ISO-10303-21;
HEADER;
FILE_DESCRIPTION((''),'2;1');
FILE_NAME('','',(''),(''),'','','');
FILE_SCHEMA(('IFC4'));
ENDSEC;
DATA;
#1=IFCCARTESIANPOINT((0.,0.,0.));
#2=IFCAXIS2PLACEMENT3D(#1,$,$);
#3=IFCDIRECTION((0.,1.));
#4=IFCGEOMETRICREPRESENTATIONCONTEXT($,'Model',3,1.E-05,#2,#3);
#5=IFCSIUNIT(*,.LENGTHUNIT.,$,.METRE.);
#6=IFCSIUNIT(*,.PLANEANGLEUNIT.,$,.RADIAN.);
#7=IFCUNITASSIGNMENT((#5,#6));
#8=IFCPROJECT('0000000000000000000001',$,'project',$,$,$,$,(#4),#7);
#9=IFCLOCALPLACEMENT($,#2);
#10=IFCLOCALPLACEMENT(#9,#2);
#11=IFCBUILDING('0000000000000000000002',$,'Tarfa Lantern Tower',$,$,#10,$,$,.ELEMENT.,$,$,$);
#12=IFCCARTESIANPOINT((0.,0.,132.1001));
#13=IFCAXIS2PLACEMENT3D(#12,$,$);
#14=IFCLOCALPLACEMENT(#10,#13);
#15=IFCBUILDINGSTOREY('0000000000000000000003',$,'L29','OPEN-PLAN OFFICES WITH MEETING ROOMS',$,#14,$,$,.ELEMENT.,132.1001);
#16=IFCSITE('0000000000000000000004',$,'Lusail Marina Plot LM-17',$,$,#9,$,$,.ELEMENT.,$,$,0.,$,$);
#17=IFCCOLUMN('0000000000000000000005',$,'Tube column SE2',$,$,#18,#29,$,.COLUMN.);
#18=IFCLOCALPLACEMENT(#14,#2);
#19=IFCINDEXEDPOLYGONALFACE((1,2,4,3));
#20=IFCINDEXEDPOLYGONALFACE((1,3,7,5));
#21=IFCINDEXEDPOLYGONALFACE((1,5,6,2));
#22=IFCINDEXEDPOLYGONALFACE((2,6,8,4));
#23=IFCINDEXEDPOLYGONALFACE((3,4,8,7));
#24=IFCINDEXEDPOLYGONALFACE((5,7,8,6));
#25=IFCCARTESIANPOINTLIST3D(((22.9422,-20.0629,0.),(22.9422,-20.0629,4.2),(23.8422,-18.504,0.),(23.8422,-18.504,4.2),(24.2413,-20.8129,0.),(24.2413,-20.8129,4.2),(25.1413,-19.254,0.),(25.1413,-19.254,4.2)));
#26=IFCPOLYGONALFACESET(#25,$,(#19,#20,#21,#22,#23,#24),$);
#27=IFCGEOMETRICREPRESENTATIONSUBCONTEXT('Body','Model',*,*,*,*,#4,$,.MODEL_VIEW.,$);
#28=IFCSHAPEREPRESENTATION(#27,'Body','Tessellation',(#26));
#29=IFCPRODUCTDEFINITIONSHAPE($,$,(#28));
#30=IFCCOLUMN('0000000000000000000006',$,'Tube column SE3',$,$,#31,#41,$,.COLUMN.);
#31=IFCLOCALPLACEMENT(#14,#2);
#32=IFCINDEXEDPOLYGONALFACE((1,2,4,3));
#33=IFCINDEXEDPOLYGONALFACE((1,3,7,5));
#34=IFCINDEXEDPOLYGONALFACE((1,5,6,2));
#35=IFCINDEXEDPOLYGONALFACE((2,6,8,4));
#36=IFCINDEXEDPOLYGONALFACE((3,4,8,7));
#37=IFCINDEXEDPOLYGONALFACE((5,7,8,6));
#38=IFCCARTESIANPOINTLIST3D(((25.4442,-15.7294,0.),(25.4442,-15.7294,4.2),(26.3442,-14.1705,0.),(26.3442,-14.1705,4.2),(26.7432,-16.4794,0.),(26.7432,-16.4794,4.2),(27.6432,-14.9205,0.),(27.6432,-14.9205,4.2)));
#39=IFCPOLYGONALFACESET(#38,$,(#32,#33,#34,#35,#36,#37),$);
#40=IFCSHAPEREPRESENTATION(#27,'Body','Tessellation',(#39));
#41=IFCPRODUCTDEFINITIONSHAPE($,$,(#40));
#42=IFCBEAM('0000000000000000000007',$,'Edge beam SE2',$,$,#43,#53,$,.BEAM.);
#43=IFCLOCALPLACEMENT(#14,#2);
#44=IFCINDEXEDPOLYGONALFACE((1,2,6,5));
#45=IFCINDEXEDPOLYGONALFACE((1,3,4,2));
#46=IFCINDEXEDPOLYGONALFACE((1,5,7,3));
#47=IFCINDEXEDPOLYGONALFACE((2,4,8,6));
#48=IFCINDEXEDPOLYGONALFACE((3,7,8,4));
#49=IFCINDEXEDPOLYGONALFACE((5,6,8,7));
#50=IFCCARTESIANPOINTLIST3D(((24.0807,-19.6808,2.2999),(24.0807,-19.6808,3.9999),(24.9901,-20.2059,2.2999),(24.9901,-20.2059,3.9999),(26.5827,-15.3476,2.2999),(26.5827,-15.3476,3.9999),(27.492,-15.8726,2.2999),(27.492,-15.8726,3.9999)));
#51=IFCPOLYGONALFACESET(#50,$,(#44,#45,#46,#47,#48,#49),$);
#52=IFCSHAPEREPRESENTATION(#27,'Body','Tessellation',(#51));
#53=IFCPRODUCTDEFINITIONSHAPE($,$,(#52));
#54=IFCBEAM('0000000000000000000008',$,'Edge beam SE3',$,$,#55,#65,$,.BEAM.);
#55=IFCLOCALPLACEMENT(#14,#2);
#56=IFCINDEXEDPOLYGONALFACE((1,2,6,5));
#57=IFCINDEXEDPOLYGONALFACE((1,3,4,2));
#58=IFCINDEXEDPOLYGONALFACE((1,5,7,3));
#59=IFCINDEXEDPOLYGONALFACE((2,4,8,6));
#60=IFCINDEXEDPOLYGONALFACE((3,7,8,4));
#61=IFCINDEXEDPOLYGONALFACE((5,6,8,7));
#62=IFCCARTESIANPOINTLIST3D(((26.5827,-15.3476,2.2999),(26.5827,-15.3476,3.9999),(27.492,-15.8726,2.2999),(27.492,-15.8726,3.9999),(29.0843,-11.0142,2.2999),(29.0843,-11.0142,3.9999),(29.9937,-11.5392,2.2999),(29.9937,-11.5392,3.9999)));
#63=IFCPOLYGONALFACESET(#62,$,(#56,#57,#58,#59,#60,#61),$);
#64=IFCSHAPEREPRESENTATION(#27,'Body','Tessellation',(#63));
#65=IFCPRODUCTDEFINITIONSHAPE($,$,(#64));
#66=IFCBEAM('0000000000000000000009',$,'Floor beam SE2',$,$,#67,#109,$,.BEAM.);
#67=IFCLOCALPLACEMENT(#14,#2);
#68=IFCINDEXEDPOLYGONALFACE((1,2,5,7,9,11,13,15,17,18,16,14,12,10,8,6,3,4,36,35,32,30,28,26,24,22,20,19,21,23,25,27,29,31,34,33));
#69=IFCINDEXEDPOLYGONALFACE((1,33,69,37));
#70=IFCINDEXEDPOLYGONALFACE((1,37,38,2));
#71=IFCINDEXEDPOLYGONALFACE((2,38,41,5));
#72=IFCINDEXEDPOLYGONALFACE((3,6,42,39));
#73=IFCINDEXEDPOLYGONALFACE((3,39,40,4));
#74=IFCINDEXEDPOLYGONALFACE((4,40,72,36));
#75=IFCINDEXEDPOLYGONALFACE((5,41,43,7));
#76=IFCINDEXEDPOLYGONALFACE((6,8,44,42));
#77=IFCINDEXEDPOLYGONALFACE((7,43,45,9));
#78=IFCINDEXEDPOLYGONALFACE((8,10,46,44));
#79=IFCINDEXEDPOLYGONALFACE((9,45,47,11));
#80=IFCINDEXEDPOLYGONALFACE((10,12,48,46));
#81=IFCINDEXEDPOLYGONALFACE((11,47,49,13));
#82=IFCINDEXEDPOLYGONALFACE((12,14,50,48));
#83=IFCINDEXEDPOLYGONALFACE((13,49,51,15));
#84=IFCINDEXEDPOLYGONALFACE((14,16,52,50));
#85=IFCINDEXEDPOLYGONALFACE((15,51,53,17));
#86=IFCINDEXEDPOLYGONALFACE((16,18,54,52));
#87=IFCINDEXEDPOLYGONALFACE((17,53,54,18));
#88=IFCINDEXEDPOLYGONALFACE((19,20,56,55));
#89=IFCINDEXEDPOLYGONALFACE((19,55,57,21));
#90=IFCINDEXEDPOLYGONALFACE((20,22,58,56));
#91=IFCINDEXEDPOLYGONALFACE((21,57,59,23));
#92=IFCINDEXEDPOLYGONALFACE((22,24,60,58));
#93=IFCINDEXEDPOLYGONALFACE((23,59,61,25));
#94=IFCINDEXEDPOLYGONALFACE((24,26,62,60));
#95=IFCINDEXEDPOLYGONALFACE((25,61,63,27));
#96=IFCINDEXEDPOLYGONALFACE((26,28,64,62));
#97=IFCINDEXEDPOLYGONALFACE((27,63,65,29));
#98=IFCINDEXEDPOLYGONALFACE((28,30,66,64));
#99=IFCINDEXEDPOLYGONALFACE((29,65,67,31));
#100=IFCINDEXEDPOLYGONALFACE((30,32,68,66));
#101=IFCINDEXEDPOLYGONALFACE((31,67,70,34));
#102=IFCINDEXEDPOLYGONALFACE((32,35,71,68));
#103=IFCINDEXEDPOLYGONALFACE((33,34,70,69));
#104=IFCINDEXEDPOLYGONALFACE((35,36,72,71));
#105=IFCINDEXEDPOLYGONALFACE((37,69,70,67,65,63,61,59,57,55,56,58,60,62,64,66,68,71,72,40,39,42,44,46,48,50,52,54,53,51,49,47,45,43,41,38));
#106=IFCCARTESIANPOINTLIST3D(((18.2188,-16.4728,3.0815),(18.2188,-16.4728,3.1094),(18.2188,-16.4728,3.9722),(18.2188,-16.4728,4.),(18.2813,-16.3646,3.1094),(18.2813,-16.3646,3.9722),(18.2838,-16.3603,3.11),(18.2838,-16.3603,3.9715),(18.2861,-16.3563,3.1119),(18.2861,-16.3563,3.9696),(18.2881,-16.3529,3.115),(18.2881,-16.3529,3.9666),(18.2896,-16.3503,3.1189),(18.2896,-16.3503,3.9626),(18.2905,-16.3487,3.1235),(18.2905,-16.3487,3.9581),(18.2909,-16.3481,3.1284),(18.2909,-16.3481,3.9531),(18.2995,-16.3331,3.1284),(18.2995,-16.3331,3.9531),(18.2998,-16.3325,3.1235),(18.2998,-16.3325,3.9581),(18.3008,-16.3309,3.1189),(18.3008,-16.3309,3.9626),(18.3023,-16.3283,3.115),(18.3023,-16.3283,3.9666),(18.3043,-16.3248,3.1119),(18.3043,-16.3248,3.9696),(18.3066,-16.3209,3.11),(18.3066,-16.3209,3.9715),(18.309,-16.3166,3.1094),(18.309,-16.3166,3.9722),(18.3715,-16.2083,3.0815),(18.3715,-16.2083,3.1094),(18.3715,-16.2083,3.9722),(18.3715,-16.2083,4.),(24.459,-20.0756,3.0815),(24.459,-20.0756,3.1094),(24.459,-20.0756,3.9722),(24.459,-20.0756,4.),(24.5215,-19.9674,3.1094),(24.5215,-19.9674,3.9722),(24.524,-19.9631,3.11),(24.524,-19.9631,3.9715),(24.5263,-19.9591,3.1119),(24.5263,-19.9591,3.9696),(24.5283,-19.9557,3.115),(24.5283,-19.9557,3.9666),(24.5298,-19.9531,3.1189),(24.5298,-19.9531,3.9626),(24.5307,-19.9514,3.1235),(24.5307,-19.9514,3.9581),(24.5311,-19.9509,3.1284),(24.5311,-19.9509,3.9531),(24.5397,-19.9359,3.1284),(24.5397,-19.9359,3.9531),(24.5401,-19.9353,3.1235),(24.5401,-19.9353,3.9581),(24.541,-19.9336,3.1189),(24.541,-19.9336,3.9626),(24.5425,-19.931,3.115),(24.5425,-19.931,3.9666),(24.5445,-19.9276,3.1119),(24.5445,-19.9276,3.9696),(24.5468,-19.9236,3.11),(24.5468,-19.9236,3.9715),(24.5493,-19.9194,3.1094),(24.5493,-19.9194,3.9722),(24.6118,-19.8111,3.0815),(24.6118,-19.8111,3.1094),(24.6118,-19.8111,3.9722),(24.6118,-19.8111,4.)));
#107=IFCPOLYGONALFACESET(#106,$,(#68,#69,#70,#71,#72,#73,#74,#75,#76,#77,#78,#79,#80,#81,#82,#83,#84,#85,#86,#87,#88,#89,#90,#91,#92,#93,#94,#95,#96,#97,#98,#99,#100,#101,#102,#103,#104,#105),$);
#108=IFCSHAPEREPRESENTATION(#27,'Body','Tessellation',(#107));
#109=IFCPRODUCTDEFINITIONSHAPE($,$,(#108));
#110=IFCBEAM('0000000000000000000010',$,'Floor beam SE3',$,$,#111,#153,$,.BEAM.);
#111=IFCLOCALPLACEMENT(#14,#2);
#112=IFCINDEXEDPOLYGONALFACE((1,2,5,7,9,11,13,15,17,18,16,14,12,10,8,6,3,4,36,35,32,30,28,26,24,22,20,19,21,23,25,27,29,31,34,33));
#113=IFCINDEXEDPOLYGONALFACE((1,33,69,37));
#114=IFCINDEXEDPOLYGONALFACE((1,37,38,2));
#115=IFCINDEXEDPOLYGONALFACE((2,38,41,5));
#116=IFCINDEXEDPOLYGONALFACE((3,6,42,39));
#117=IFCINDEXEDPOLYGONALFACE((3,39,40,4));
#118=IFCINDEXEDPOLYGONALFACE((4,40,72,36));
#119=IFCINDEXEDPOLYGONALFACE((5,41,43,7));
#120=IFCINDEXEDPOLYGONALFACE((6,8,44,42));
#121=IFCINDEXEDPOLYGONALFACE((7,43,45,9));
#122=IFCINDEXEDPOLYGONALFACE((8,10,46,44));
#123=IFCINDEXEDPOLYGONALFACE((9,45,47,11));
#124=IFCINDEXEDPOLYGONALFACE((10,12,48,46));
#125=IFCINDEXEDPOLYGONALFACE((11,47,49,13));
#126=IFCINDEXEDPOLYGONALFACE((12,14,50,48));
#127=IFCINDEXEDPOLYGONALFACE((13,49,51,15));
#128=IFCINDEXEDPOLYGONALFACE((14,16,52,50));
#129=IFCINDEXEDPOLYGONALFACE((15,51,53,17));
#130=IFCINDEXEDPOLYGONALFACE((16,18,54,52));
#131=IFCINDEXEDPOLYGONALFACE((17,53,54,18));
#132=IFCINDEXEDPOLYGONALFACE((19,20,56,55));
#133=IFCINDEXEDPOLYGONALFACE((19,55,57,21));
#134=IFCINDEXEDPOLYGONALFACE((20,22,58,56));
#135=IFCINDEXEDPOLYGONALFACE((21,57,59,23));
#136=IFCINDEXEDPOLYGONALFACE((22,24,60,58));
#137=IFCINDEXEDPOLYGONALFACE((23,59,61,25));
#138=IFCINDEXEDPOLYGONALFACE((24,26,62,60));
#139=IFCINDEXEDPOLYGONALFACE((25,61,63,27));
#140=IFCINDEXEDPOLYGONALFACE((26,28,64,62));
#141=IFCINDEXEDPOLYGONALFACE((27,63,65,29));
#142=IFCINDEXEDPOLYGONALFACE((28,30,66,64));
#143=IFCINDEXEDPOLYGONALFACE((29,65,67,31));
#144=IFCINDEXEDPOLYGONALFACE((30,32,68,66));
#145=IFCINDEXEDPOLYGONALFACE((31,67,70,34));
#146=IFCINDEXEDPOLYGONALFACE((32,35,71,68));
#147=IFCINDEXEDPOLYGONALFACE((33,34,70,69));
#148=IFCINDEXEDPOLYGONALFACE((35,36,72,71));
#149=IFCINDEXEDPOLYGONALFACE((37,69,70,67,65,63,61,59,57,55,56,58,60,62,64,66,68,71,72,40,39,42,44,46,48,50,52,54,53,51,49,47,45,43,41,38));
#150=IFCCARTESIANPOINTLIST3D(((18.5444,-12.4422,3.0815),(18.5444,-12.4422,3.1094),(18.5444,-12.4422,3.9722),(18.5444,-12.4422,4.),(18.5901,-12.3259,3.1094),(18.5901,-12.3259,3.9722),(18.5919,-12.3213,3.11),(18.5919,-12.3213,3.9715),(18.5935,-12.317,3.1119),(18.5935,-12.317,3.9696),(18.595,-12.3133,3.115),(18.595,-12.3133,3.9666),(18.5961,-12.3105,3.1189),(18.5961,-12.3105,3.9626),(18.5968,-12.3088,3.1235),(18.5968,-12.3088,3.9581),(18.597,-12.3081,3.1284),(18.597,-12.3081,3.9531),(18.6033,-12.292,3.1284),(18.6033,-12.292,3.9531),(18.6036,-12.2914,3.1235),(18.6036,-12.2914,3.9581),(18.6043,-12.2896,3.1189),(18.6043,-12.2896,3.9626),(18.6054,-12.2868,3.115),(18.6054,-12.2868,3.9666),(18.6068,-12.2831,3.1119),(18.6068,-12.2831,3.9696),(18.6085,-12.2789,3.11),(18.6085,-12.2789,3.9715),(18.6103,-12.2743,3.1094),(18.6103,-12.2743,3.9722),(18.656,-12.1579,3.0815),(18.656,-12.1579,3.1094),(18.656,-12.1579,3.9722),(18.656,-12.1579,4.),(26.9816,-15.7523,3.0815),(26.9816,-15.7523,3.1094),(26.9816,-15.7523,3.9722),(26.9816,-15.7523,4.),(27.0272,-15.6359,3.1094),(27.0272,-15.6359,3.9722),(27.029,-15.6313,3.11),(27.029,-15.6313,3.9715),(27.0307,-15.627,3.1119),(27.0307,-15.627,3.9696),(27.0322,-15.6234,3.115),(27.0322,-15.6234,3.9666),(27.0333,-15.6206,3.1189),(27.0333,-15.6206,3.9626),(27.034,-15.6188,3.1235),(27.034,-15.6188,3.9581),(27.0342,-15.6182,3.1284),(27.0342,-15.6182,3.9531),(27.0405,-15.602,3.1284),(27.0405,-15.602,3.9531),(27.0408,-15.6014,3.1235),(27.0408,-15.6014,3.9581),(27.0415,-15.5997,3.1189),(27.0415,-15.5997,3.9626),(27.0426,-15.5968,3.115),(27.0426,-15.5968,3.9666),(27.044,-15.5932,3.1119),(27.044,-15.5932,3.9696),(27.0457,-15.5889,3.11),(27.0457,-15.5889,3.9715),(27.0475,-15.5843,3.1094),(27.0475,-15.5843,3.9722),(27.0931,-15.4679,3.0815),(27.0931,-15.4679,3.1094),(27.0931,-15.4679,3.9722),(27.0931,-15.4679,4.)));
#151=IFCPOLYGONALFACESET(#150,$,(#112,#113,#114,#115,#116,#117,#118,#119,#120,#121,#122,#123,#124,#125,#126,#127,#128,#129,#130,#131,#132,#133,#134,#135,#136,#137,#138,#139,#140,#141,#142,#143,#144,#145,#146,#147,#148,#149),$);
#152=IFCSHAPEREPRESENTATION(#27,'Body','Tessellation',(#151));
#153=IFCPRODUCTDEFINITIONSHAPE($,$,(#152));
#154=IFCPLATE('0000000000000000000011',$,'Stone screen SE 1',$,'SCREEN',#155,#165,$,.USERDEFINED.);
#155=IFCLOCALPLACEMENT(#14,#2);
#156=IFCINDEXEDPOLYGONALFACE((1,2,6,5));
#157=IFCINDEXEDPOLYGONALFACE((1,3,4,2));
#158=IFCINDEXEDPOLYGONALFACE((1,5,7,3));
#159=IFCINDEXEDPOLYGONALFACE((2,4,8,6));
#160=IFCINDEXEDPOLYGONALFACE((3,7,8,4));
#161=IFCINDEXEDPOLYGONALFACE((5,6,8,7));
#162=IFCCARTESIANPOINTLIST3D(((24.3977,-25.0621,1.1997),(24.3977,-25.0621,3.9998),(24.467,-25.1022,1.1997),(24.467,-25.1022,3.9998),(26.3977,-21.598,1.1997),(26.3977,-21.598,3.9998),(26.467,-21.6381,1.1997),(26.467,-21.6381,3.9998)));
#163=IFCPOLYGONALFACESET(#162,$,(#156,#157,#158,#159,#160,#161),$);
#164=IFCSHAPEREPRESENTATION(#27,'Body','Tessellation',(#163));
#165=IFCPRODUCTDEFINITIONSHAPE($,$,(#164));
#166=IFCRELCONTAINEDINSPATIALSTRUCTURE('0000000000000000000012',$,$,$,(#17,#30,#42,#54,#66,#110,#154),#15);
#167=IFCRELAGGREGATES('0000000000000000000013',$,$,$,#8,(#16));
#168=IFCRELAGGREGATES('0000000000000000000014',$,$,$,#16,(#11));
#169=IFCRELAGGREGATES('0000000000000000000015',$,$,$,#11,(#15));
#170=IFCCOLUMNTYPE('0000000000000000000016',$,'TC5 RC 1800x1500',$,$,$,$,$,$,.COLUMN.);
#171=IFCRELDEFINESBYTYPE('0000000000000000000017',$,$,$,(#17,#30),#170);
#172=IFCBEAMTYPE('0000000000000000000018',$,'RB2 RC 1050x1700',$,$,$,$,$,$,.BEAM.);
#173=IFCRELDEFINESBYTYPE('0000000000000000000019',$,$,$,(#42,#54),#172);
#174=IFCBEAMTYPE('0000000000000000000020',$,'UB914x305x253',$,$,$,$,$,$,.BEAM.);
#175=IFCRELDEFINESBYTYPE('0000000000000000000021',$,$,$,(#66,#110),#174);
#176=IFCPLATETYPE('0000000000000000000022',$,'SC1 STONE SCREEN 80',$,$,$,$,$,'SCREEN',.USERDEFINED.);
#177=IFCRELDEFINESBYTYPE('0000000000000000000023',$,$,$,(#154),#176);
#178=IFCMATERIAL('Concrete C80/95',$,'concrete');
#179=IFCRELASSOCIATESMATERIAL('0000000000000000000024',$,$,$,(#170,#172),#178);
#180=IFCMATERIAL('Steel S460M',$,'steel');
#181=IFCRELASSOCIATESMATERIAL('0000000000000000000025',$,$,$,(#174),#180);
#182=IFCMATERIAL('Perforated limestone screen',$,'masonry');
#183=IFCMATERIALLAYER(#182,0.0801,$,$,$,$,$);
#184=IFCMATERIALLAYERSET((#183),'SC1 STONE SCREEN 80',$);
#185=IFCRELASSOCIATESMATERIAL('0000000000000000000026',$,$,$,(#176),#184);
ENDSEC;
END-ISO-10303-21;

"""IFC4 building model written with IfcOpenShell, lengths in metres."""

from ifc_helpers import new_model, si_unit, direction, frame, origin, origin_2d, place, context, subcontext, project, spatial, rectangle, i_section, extrude, material, layer, layer_set, material_profile, profile_set, type_object, element, save


model = new_model("IFC4")

# Units and contexts
model_context = context("Model", 3, precision=1e-05, world=origin(), true_north=direction((0.0, 1.0)))
body_context = subcontext(model_context, "Body", "Model", "MODEL_VIEW")
ifc_project = project(units=[si_unit("LENGTHUNIT", "METRE"), si_unit("PLANEANGLEUNIT", "RADIAN")], contexts=[model_context])

# Site, building, storey
site_placement = place(None, origin())
site = spatial("IfcSite", under=ifc_project, at=site_placement, Name="Lusail Marina Plot LM-17", CompositionType="ELEMENT", RefElevation=0.0)
building_placement = place(site_placement, origin())
building = spatial("IfcBuilding", under=site, at=building_placement, Name="Tarfa Lantern Tower", CompositionType="ELEMENT")
storey_placement = place(building_placement, frame((0.0, 0.0, 132.1001)))
storey = spatial("IfcBuildingStorey", under=building, at=storey_placement, Name="L29", Description="OPEN-PLAN OFFICES WITH MEETING ROOMS", CompositionType="ELEMENT", Elevation=132.1001)

# Columns
ifc_material_1 = material(Name="Concrete C80/95", Category="concrete")
ifc_material_profile_1 = material_profile(ifc_material_1, rectangle(XDim=1.8, YDim=1.5, at=origin_2d()), Name="RC 1800x1500")
ifc_profile_set_1 = profile_set([ifc_material_profile_1], Name="Concrete C80/95")
column_type = type_object("IfcColumnType", Name="TC5 RC 1800x1500", PredefinedType="COLUMN", material=ifc_profile_set_1)
for number, where, z_axis, x_axis, name in (
    (1, (24.0417, -19.6584, 0.0), (0.0, 0.0, 1.0), (0.5, 0.866025, 0.0), "Tube column SE2"),
    (2, (26.5437, -15.325, 0.0), (0.0, 0.0, 1.0), (0.5, 0.866025, 0.0), "Tube column SE3"),
):
    element("IfcColumn", number, at=place(storey_placement, frame(where, z_axis=z_axis, x_axis=x_axis)), inside=storey, type_object=column_type, Name=name, PredefinedType="COLUMN", context=body_context, shape_type="SweptSolid", body=[
        extrude(rectangle(XDim=1.8, YDim=1.5, at=origin_2d()), origin(), (0.0, 0.0, 1.0), 4.2),
    ])

# Beams
ifc_material_profile_2 = material_profile(ifc_material_1, rectangle(XDim=1.05, YDim=1.7, at=origin_2d()), Name="RC 1050x1700")
ifc_profile_set_2 = profile_set([ifc_material_profile_2], Name="Concrete C80/95")
beam_type_1 = type_object("IfcBeamType", Name="RB2 RC 1050x1700", PredefinedType="BEAM", material=ifc_profile_set_2)
for number, where, z_axis, x_axis, name in (
    (3, (24.5354, -19.9434, 3.1499), (0.500022, 0.866013, 0.0), (-0.866013, 0.500022, 0.0), "Edge beam SE2"),
    (4, (27.0374, -15.6101, 3.1499), (0.499965, 0.866046, 0.0), (-0.866046, 0.499965, 0.0), "Edge beam SE3"),
):
    element("IfcBeam", number, at=place(storey_placement, frame(where, z_axis=z_axis, x_axis=x_axis)), inside=storey, type_object=beam_type_1, Name=name, PredefinedType="BEAM", context=body_context, shape_type="SweptSolid", body=[
        extrude(rectangle(XDim=1.05, YDim=1.7, at=origin_2d()), origin(), (0.0, 0.0, 1.0), 5.0037),
    ])
ifc_material_2 = material(Name="Steel S460M", Category="steel")
ifc_material_profile_3 = material_profile(ifc_material_2, i_section(OverallWidth=0.3054, OverallDepth=0.9185, WebThickness=0.0173, FlangeThickness=0.0278, FilletRadius=0.019, at=origin_2d()), Name="UB914x305x253")
ifc_profile_set_3 = profile_set([ifc_material_profile_3], Name="Steel S460M")
beam_type_2 = type_object("IfcBeamType", Name="UB914x305x253", PredefinedType="BEAM", material=ifc_profile_set_3)
beam_1_placement = place(storey_placement, frame((24.5354, -19.9434, 3.5408), z_axis=(-0.866026, 0.499998, 0.0), x_axis=(-0.499998, -0.866026, 0.0)))
element("IfcBeam", 5, at=beam_1_placement, inside=storey, type_object=beam_type_2, Name="Floor beam SE2", PredefinedType="BEAM", context=body_context, shape_type="SweptSolid", body=[
    extrude(i_section(OverallWidth=0.3054, OverallDepth=0.9185, WebThickness=0.0173, FlangeThickness=0.0278, FilletRadius=0.019, at=origin_2d()), origin(), (0.0, 0.0, 1.0), 7.2056),
])
beam_2_placement = place(storey_placement, frame((27.0374, -15.6101, 3.5408), z_axis=(-0.930923, 0.365215, 0.0), x_axis=(-0.365215, -0.930923, 0.0)))
element("IfcBeam", 6, at=beam_2_placement, inside=storey, type_object=beam_type_2, Name="Floor beam SE3", PredefinedType="BEAM", context=body_context, shape_type="SweptSolid", body=[
    extrude(i_section(OverallWidth=0.3054, OverallDepth=0.9185, WebThickness=0.0173, FlangeThickness=0.0278, FilletRadius=0.019, at=origin_2d()), origin(), (0.0, 0.0, 1.0), 9.0632),
])

# Plate
ifc_material_3 = material(Name="Perforated limestone screen", Category="masonry")
ifc_layer_1 = layer(ifc_material_3, 0.0801)
ifc_layer_set_1 = layer_set([ifc_layer_1], Name="SC1 STONE SCREEN 80")
plate_type = type_object("IfcPlateType", Name="SC1 STONE SCREEN 80", ElementType="SCREEN", PredefinedType="USERDEFINED", material=ifc_layer_set_1)
plate_placement = place(storey_placement, frame((25.4324, -23.3501, 1.1997), z_axis=(0.0, 0.0, 1.0), x_axis=(0.5, 0.866025, 0.0)))
element("IfcPlate", 7, at=plate_placement, inside=storey, type_object=plate_type, Name="Stone screen SE 1", ObjectType="SCREEN", PredefinedType="USERDEFINED", context=body_context, shape_type="SweptSolid", body=[
    extrude(rectangle(XDim=4.0, YDim=0.0801, at=origin_2d()), origin(), (0.0, 0.0, 1.0), 2.8),
])

save(model, "model.ifc")
